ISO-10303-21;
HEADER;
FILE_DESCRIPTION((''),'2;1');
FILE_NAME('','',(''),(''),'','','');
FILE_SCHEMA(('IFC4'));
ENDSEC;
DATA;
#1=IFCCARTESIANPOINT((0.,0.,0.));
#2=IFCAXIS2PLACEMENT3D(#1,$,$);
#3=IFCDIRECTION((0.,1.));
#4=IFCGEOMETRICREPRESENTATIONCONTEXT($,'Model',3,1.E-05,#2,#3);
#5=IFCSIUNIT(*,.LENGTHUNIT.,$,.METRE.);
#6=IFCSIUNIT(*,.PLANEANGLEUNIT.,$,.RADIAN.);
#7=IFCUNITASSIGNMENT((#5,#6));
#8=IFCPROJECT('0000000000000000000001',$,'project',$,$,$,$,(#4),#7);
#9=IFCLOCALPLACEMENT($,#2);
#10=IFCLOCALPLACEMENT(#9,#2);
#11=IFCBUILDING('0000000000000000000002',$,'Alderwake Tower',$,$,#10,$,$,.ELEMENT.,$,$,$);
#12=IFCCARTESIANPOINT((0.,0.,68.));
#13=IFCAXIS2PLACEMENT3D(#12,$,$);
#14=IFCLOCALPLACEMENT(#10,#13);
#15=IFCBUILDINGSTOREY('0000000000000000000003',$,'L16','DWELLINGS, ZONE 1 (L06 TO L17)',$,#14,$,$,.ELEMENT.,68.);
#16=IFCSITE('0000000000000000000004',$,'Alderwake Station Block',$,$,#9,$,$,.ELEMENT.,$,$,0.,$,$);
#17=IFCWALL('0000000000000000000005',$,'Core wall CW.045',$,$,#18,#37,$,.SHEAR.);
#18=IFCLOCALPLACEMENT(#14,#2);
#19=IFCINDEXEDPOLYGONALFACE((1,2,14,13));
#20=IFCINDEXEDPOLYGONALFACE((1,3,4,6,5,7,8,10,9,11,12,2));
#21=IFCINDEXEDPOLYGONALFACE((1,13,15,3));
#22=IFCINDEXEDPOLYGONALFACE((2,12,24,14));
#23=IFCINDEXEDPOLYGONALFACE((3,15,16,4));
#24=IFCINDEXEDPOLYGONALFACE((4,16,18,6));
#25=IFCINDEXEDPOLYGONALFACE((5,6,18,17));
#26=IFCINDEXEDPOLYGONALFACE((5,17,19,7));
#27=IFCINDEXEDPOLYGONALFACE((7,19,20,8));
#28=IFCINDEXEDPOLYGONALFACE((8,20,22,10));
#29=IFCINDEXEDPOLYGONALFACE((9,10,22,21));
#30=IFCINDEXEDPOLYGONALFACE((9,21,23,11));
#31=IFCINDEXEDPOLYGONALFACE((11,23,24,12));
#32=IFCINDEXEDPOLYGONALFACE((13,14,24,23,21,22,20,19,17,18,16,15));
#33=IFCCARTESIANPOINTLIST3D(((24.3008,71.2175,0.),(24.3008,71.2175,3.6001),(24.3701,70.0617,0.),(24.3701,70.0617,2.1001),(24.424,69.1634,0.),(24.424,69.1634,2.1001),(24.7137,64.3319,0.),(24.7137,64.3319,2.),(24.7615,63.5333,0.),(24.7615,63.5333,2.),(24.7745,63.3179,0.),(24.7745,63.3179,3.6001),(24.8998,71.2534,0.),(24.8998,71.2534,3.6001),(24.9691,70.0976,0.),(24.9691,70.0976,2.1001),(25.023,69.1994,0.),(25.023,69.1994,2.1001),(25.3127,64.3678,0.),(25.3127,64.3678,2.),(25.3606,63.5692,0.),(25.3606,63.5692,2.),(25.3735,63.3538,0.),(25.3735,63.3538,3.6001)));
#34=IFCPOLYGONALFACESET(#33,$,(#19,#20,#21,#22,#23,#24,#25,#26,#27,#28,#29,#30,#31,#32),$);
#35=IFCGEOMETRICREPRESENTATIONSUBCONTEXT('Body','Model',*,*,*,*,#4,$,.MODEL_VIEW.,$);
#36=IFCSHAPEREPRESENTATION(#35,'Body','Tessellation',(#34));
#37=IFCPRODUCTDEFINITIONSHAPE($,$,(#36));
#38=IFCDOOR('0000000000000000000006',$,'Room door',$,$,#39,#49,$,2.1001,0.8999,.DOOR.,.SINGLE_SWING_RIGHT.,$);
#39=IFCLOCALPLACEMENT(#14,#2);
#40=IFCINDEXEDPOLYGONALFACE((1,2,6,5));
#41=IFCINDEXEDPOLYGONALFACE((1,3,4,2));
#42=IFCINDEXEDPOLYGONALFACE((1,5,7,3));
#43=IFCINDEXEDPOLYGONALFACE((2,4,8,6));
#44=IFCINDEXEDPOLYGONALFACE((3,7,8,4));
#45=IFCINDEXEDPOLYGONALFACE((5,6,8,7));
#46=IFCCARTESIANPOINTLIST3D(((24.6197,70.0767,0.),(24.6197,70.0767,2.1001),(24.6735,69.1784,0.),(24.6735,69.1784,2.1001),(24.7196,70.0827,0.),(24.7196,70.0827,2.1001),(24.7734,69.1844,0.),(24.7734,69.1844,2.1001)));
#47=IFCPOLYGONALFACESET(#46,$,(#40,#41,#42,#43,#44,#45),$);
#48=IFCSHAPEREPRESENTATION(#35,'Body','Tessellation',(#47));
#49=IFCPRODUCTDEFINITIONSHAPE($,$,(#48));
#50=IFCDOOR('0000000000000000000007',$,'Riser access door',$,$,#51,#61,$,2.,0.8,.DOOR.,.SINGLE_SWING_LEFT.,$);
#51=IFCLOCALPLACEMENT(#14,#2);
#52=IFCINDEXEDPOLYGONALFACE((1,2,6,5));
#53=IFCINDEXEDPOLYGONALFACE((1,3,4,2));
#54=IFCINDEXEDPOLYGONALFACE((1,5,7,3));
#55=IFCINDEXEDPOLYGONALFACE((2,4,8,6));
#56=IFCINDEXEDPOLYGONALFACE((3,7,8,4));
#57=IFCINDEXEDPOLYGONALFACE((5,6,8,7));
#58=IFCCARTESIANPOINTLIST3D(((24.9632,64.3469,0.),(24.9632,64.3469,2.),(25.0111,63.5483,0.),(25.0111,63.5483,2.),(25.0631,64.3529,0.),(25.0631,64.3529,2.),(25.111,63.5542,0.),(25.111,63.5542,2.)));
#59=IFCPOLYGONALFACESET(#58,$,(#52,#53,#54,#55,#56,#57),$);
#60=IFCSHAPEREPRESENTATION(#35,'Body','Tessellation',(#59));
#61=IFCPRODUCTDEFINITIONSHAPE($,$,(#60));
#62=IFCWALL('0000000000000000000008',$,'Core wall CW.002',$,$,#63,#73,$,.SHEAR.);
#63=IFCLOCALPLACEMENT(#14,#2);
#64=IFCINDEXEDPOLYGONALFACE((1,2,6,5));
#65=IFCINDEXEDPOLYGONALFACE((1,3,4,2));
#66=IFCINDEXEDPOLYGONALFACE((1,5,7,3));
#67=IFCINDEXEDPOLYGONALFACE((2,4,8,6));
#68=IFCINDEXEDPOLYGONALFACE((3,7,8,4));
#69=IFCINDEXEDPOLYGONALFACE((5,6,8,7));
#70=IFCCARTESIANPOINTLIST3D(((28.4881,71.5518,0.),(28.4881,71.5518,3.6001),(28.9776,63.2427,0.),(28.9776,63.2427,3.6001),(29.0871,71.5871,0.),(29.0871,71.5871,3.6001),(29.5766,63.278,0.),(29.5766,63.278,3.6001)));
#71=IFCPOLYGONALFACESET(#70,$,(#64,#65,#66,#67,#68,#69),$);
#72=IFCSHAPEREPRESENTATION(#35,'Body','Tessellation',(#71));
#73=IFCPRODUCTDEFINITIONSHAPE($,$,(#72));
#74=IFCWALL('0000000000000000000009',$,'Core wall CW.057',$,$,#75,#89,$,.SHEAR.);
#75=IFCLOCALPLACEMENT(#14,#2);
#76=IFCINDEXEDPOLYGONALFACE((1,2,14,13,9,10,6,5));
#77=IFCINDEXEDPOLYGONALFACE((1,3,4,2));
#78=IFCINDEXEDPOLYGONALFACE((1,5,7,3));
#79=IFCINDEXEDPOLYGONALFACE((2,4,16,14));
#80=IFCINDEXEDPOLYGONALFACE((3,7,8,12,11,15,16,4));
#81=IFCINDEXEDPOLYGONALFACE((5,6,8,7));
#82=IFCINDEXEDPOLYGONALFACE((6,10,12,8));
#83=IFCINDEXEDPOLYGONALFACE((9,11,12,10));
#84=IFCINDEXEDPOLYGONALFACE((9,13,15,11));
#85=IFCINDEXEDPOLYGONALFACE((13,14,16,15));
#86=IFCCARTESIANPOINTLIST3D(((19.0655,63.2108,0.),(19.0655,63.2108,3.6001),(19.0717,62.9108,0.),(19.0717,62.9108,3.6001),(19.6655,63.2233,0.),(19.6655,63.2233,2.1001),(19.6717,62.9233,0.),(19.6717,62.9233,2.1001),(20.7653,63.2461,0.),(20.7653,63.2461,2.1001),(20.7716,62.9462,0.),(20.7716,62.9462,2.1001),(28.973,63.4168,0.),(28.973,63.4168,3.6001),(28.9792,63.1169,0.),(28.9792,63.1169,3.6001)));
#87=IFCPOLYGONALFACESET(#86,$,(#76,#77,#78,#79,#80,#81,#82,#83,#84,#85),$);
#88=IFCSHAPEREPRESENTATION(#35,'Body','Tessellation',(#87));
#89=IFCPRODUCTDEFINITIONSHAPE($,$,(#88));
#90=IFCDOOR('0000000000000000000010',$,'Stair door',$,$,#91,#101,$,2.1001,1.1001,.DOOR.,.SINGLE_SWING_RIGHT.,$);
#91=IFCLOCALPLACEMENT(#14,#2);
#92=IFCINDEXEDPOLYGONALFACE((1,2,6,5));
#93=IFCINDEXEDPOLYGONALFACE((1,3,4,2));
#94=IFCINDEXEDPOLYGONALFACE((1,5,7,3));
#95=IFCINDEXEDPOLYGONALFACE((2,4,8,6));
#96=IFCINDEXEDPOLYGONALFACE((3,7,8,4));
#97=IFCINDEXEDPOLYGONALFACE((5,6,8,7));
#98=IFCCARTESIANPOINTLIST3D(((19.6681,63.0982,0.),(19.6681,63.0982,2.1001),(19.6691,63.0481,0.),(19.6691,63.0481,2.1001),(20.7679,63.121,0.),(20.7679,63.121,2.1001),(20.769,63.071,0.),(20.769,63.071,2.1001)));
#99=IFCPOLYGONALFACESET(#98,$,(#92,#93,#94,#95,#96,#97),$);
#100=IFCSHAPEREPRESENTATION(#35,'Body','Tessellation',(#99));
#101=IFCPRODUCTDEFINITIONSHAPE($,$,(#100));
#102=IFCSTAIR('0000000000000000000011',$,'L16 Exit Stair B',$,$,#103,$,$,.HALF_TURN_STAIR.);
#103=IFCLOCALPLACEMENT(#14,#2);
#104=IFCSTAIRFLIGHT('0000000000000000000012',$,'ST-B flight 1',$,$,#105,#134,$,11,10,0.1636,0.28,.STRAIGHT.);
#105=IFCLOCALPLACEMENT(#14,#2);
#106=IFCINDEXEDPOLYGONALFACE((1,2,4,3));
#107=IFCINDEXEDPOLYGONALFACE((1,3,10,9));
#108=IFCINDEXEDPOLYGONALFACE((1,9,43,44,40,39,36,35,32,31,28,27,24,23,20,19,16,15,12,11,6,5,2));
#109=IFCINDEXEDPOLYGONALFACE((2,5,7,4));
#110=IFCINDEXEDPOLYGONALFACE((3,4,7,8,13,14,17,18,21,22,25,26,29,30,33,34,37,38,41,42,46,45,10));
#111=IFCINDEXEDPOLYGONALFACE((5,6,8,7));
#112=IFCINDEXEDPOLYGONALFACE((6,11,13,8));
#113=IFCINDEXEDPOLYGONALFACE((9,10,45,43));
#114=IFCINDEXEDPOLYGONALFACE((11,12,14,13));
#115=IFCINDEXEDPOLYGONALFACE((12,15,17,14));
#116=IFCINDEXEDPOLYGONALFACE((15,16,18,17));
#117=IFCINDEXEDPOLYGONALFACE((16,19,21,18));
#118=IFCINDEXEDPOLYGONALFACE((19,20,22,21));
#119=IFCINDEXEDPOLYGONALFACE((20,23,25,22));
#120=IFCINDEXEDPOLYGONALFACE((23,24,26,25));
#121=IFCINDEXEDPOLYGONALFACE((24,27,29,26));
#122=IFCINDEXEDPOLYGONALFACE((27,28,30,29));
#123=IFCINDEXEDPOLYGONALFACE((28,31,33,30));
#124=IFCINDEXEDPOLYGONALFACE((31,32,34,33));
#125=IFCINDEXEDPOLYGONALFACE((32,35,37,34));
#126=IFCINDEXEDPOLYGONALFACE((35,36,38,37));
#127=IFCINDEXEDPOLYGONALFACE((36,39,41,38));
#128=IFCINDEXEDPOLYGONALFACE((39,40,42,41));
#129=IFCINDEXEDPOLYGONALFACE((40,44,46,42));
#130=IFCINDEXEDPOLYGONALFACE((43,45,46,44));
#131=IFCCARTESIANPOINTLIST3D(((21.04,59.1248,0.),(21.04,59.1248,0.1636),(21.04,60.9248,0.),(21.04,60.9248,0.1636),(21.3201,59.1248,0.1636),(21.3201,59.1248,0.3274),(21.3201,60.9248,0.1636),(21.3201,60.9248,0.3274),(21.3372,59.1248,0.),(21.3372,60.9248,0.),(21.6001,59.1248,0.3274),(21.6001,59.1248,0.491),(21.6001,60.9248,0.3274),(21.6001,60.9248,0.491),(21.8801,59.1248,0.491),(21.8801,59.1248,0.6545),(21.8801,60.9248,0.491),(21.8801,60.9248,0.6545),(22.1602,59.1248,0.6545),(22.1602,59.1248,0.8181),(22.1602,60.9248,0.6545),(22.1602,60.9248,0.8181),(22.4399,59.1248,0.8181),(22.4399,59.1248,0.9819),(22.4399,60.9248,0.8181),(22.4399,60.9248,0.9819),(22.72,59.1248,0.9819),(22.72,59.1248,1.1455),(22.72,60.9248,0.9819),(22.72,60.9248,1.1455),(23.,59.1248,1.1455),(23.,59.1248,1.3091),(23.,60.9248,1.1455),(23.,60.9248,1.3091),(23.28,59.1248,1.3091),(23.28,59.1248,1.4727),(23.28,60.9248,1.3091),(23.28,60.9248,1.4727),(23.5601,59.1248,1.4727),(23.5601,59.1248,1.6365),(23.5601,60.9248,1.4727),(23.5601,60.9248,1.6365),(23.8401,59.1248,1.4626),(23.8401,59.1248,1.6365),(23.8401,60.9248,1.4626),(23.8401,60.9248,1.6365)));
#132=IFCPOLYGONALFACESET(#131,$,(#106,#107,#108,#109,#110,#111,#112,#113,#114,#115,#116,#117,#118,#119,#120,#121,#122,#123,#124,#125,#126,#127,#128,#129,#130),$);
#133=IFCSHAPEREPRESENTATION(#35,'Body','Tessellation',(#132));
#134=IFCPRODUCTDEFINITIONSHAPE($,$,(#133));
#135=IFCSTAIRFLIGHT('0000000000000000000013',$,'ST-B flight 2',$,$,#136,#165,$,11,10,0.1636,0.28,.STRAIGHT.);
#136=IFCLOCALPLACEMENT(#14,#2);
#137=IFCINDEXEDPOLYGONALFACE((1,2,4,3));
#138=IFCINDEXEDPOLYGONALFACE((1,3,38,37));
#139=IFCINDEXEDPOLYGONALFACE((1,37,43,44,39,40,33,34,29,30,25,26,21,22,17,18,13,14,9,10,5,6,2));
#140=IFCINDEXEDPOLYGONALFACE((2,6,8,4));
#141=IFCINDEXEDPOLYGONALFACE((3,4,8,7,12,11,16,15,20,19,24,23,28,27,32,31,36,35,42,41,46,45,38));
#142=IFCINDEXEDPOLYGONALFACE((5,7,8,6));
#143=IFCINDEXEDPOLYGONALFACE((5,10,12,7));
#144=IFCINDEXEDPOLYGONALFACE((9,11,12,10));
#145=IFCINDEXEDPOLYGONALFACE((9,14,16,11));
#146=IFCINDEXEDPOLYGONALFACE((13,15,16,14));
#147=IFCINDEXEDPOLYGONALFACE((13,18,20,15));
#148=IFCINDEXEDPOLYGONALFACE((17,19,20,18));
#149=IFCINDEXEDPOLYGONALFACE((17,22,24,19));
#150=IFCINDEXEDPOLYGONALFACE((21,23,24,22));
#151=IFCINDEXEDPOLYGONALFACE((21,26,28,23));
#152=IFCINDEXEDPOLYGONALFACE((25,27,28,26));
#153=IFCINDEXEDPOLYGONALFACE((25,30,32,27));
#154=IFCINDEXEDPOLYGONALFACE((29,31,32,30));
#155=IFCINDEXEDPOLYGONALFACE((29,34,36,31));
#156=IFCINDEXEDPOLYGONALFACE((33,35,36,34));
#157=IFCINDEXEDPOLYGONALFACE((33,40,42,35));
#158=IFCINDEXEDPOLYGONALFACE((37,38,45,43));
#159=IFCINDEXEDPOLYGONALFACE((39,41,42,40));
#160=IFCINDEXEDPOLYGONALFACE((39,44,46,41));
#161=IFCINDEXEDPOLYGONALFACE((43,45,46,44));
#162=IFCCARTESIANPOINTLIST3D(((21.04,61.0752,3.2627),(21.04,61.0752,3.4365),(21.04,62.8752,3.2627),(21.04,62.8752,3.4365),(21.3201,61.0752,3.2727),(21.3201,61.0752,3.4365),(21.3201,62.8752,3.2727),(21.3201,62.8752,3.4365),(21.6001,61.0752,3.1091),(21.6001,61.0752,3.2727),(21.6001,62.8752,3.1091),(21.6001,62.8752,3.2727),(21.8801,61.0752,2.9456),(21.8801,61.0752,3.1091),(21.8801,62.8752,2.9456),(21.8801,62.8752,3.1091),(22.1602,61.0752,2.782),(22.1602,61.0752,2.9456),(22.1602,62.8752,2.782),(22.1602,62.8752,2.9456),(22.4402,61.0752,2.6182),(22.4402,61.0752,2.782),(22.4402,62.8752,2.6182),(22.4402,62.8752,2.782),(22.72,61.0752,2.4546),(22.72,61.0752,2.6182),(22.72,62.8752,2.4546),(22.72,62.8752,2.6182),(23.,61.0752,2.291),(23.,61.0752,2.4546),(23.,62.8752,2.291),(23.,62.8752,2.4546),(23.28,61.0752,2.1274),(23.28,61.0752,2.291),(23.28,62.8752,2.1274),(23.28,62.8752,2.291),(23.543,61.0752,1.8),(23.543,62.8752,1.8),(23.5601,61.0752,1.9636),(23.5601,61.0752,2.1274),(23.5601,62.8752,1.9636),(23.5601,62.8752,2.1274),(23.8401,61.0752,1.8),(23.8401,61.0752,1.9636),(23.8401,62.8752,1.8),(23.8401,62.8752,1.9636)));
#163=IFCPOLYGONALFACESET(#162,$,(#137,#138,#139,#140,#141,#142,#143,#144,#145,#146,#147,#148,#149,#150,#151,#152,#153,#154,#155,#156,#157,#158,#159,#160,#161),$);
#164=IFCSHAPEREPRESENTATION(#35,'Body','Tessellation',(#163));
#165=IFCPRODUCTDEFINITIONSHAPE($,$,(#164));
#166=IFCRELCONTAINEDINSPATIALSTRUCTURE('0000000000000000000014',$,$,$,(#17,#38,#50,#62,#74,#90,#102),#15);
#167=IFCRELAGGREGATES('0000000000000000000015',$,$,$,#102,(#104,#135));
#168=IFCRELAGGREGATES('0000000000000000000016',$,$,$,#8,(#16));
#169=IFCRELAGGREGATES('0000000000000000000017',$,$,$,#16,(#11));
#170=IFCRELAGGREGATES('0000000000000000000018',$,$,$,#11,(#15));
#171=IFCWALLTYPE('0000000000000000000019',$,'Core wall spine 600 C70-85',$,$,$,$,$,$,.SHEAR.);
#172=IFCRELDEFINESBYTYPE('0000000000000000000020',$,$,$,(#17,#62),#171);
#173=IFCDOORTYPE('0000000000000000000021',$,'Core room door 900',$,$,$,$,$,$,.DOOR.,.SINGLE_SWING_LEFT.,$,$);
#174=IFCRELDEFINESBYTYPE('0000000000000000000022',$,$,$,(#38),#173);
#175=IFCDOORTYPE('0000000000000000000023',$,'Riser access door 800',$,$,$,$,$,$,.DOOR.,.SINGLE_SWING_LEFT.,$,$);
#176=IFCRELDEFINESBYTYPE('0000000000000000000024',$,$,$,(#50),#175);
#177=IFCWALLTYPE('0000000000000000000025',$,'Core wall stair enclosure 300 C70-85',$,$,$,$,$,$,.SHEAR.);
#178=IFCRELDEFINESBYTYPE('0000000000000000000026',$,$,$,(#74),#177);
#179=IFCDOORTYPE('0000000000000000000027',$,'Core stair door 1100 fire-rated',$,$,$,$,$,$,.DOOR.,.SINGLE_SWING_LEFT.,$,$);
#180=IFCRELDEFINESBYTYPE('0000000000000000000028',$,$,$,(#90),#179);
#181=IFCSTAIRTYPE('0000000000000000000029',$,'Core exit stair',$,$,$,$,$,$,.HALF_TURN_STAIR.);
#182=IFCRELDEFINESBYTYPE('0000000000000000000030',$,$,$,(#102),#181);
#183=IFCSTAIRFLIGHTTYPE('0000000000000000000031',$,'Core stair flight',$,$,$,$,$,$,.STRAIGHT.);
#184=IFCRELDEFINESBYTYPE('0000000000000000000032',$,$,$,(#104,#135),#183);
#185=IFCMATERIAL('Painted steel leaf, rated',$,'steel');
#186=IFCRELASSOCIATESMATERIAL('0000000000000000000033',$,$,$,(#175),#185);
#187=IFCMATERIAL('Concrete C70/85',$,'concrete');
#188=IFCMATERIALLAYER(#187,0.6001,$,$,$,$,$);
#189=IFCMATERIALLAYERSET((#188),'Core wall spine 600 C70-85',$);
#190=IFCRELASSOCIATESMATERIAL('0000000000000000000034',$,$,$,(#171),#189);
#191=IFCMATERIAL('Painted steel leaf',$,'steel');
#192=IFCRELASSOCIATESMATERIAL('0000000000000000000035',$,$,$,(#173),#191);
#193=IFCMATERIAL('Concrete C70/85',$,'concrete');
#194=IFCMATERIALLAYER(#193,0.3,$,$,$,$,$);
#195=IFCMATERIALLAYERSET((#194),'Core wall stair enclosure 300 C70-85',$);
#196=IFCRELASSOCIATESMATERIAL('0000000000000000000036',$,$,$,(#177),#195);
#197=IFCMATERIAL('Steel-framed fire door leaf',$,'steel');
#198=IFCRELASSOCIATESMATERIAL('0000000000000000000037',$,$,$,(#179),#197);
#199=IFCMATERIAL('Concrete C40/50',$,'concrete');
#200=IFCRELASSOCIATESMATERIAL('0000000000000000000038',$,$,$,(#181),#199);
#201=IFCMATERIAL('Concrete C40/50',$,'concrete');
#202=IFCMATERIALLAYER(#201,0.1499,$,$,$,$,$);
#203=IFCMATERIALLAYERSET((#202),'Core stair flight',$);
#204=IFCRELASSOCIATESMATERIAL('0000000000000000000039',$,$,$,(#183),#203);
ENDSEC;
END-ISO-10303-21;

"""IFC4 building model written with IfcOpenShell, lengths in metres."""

from ifc_helpers import new_model, si_unit, direction, frame, frame_2d, origin, place, context, subcontext, project, spatial, polyline, rectangle, outline, extrude, material, layer, layer_set, type_object, element, fill, aggregate, save


model = new_model("IFC4")

# Units and contexts
model_context = context("Model", 3, precision=1e-05, world=origin(), true_north=direction((0.0, 1.0)))
body_context = subcontext(model_context, "Body", "Model", "MODEL_VIEW")
ifc_project = project(units=[si_unit("LENGTHUNIT", "METRE"), si_unit("PLANEANGLEUNIT", "RADIAN")], contexts=[model_context])

# Site, building, storey
site_placement = place(None, origin())
site = spatial("IfcSite", under=ifc_project, at=site_placement, Name="Alderwake Station Block", CompositionType="ELEMENT", RefElevation=0.0)
building_placement = place(site_placement, origin())
building = spatial("IfcBuilding", under=site, at=building_placement, Name="Alderwake Tower", CompositionType="ELEMENT")
storey_placement = place(building_placement, frame((0.0, 0.0, 68.0)))
storey = spatial("IfcBuildingStorey", under=building, at=storey_placement, Name="L16", Description="DWELLINGS, ZONE 1 (L06 TO L17)", CompositionType="ELEMENT", Elevation=68.0)

# Shared definitions
ifc_material_1 = material(Name="Painted steel leaf, rated", Category="steel")
door_type_1 = type_object("IfcDoorType", Name="Riser access door 800", OperationType="SINGLE_SWING_LEFT", PredefinedType="DOOR", material=ifc_material_1)

# Shared definitions
ifc_material_2 = material(Name="Concrete C70/85", Category="concrete")
ifc_layer_1 = layer(ifc_material_2, 0.6001)
ifc_layer_set_1 = layer_set([ifc_layer_1], Name="Core wall spine 600 C70-85")
wall_type_1 = type_object("IfcWallType", Name="Core wall spine 600 C70-85", PredefinedType="SHEAR", material=ifc_layer_set_1)

# Wall, openings, doors
wall_1_placement = place(storey_placement, frame((25.074, 63.3357, 0.0), z_axis=(0.0, 0.0, 1.0), x_axis=(-0.059849, 0.998207, 0.0)))
wall_1 = element("IfcWall", 1, at=wall_1_placement, inside=storey, type_object=wall_type_1, Name="Core wall CW.045", PredefinedType="SHEAR", context=body_context, shape_type="SweptSolid", body=[
    extrude(rectangle(XDim=7.9138, YDim=0.6001, at=frame_2d((3.957, 0.0))), origin(), (0.0, 0.0, 1.0), 3.6001),
])
opening_1_placement = place(wall_1_placement, frame((0.2161, 0.0, 0.0)))
opening_1 = element("IfcOpeningElement", 2, at=opening_1_placement, cuts=wall_1, PredefinedType="OPENING", context=body_context, shape_type="SweptSolid", body=[
    extrude(rectangle(XDim=0.8, YDim=2.0, at=frame_2d((0.3999, 1.0))), frame((0.0, 0.3101, 0.0), z_axis=(0.0, -1.0, 0.0), x_axis=(1.0, 0.0, 0.0)), (0.0, 0.0, 1.0), 0.6201),
])
opening_2_placement = place(wall_1_placement, frame((5.8562, 0.0, 0.0)))
opening_2 = element("IfcOpeningElement", 3, at=opening_2_placement, cuts=wall_1, PredefinedType="OPENING", context=body_context, shape_type="SweptSolid", body=[
    extrude(rectangle(XDim=0.8999, YDim=2.1001, at=frame_2d((0.45, 1.05))), frame((0.0, 0.3101, 0.0), z_axis=(0.0, -1.0, 0.0), x_axis=(1.0, 0.0, 0.0)), (0.0, 0.0, 1.0), 0.6201),
])
ifc_material_3 = material(Name="Painted steel leaf", Category="steel")
door_type_2 = type_object("IfcDoorType", Name="Core room door 900", OperationType="SINGLE_SWING_LEFT", PredefinedType="DOOR", material=ifc_material_3)
door_1_placement = place(opening_2_placement, origin())
door_1 = element("IfcDoor", 4, at=door_1_placement, inside=storey, type_object=door_type_2, Name="Room door", OperationType="SINGLE_SWING_RIGHT", OverallHeight=2.1001, OverallWidth=0.8999, PredefinedType="DOOR", context=body_context, shape_type="SweptSolid", body=[
    extrude(rectangle(XDim=0.8999, YDim=2.1001, at=frame_2d((0.45, 1.05))), frame((0.0, 0.05, 0.0), z_axis=(0.0, -1.0, 0.0), x_axis=(1.0, 0.0, 0.0)), (0.0, 0.0, 1.0), 0.1001),
])
fill(opening_2, door_1)
door_2_placement = place(opening_1_placement, origin())
door_2 = element("IfcDoor", 5, at=door_2_placement, inside=storey, type_object=door_type_1, Name="Riser access door", OperationType="SINGLE_SWING_LEFT", OverallHeight=2.0, OverallWidth=0.8, PredefinedType="DOOR", context=body_context, shape_type="SweptSolid", body=[
    extrude(rectangle(XDim=0.8, YDim=2.0, at=frame_2d((0.3999, 1.0))), frame((0.0, 0.05, 0.0), z_axis=(0.0, -1.0, 0.0), x_axis=(1.0, 0.0, 0.0)), (0.0, 0.0, 1.0), 0.1001),
])
fill(opening_1, door_2)

# Wall
wall_2_placement = place(storey_placement, frame((29.2771, 63.2605, 0.0), z_axis=(0.0, 0.0, 1.0), x_axis=(-0.05881, 0.998269, 0.0)))
element("IfcWall", 6, at=wall_2_placement, inside=storey, type_object=wall_type_1, Name="Core wall CW.002", PredefinedType="SHEAR", context=body_context, shape_type="SweptSolid", body=[
    extrude(rectangle(XDim=8.3235, YDim=0.6001, at=frame_2d((4.1616, 0.0))), origin(), (0.0, 0.0, 1.0), 3.6001),
])

# Wall, opening, door
ifc_material_4 = material(Name="Concrete C70/85", Category="concrete")
ifc_layer_2 = layer(ifc_material_4, 0.3)
ifc_layer_set_2 = layer_set([ifc_layer_2], Name="Core wall stair enclosure 300 C70-85")
wall_type_2 = type_object("IfcWallType", Name="Core wall stair enclosure 300 C70-85", PredefinedType="SHEAR", material=ifc_layer_set_2)
wall_3_placement = place(storey_placement, frame((19.0686, 63.0608, 0.0), z_axis=(0.0, 0.0, 1.0), x_axis=(0.999784, 0.020793, 0.0)))
wall_3 = element("IfcWall", 7, at=wall_3_placement, inside=storey, type_object=wall_type_2, Name="Core wall CW.057", PredefinedType="SHEAR", context=body_context, shape_type="SweptSolid", body=[
    extrude(rectangle(XDim=9.9097, YDim=0.3, at=frame_2d((4.9548, 0.0))), origin(), (0.0, 0.0, 1.0), 3.6001),
])
opening_3_placement = place(wall_3_placement, frame((0.6001, 0.0, 0.0)))
opening_3 = element("IfcOpeningElement", 8, at=opening_3_placement, cuts=wall_3, PredefinedType="OPENING", context=body_context, shape_type="SweptSolid", body=[
    extrude(rectangle(XDim=1.1001, YDim=2.1001, at=frame_2d((0.55, 1.05))), frame((0.0, 0.1599, 0.0), z_axis=(0.0, -1.0, 0.0), x_axis=(1.0, 0.0, 0.0)), (0.0, 0.0, 1.0), 0.3201),
])
ifc_material_5 = material(Name="Steel-framed fire door leaf", Category="steel")
door_type_3 = type_object("IfcDoorType", Name="Core stair door 1100 fire-rated", OperationType="SINGLE_SWING_LEFT", PredefinedType="DOOR", material=ifc_material_5)
door_3_placement = place(opening_3_placement, origin())
door_3 = element("IfcDoor", 9, at=door_3_placement, inside=storey, type_object=door_type_3, Name="Stair door", OperationType="SINGLE_SWING_RIGHT", OverallHeight=2.1001, OverallWidth=1.1001, PredefinedType="DOOR", context=body_context, shape_type="SweptSolid", body=[
    extrude(rectangle(XDim=1.1001, YDim=2.1001, at=frame_2d((0.55, 1.05))), frame((0.0, 0.0249, 0.0), z_axis=(0.0, -1.0, 0.0), x_axis=(1.0, 0.0, 0.0)), (0.0, 0.0, 1.0), 0.05),
])
fill(opening_3, door_3)

# Stair, stair flights
ifc_material_6 = material(Name="Concrete C40/50", Category="concrete")
stair_type = type_object("IfcStairType", Name="Core exit stair", PredefinedType="HALF_TURN_STAIR", material=ifc_material_6)
stair_placement = place(storey_placement, origin())
stair = element("IfcStair", 10, at=stair_placement, inside=storey, type_object=stair_type, Name="L16 Exit Stair B", PredefinedType="HALF_TURN_STAIR")
ifc_material_7 = material(Name="Concrete C40/50", Category="concrete")
ifc_layer_3 = layer(ifc_material_7, 0.1499)
ifc_layer_set_3 = layer_set([ifc_layer_3], Name="Core stair flight")
stair_flight_type = type_object("IfcStairFlightType", Name="Core stair flight", PredefinedType="STRAIGHT", material=ifc_layer_set_3)
stair_flight_1_placement = place(storey_placement, frame((21.04, 60.0249, 0.0), z_axis=(0.0, 0.0, 1.0), x_axis=(1.0, 0.0, 0.0)))
stair_flight_1 = element("IfcStairFlight", 11, at=stair_flight_1_placement, type_object=stair_flight_type, Name="ST-B flight 1", NumberOfRisers=11, NumberOfTreads=10, PredefinedType="STRAIGHT", RiserHeight=0.1636, TreadLength=0.28, context=body_context, shape_type="SweptSolid", body=[
    extrude(outline(polyline([(0.0, 0.0), (0.0, 0.1636), (0.28, 0.1636), (0.28, 0.3274), (0.5601, 0.3274), (0.5601, 0.491), (0.8401, 0.491), (0.8401, 0.6545), (1.1201, 0.6545), (1.1201, 0.8181), (1.3999, 0.8181), (1.3999, 0.9819), (1.6799, 0.9819), (1.6799, 1.1455), (1.96, 1.1455), (1.96, 1.3091), (2.24, 1.3091), (2.24, 1.4727), (2.52, 1.4727), (2.52, 1.6365), (2.8, 1.6365), (2.8, 1.8), (2.8, 1.4626), (0.2971, 0.0), (0.0, 0.0)])), frame((0.0, 0.8999, 0.0), z_axis=(0.0, -1.0, 0.0), x_axis=(1.0, 0.0, 0.0)), (0.0, 0.0, 1.0), 1.8),
])
stair_flight_2_placement = place(storey_placement, frame((23.8401, 61.9751, 1.8), z_axis=(0.0, 0.0, 1.0), x_axis=(-1.0, 0.0, 0.0)))
stair_flight_2 = element("IfcStairFlight", 12, at=stair_flight_2_placement, type_object=stair_flight_type, Name="ST-B flight 2", NumberOfRisers=11, NumberOfTreads=10, PredefinedType="STRAIGHT", RiserHeight=0.1636, TreadLength=0.28, context=body_context, shape_type="SweptSolid", body=[
    extrude(outline(polyline([(0.0, 0.0), (0.0, 0.1636), (0.28, 0.1636), (0.28, 0.3274), (0.5601, 0.3274), (0.5601, 0.491), (0.8401, 0.491), (0.8401, 0.6545), (1.1201, 0.6545), (1.1201, 0.8181), (1.3999, 0.8181), (1.3999, 0.9819), (1.6799, 0.9819), (1.6799, 1.1455), (1.96, 1.1455), (1.96, 1.3091), (2.24, 1.3091), (2.24, 1.4727), (2.52, 1.4727), (2.52, 1.6365), (2.8, 1.6365), (2.8, 1.8), (2.8, 1.4626), (0.2971, 0.0), (0.0, 0.0)])), frame((0.0, 0.8999, 0.0), z_axis=(0.0, -1.0, 0.0), x_axis=(1.0, 0.0, 0.0)), (0.0, 0.0, 1.0), 1.8),
])
aggregate(stair, [stair_flight_1, stair_flight_2])

save(model, "model.ifc")
